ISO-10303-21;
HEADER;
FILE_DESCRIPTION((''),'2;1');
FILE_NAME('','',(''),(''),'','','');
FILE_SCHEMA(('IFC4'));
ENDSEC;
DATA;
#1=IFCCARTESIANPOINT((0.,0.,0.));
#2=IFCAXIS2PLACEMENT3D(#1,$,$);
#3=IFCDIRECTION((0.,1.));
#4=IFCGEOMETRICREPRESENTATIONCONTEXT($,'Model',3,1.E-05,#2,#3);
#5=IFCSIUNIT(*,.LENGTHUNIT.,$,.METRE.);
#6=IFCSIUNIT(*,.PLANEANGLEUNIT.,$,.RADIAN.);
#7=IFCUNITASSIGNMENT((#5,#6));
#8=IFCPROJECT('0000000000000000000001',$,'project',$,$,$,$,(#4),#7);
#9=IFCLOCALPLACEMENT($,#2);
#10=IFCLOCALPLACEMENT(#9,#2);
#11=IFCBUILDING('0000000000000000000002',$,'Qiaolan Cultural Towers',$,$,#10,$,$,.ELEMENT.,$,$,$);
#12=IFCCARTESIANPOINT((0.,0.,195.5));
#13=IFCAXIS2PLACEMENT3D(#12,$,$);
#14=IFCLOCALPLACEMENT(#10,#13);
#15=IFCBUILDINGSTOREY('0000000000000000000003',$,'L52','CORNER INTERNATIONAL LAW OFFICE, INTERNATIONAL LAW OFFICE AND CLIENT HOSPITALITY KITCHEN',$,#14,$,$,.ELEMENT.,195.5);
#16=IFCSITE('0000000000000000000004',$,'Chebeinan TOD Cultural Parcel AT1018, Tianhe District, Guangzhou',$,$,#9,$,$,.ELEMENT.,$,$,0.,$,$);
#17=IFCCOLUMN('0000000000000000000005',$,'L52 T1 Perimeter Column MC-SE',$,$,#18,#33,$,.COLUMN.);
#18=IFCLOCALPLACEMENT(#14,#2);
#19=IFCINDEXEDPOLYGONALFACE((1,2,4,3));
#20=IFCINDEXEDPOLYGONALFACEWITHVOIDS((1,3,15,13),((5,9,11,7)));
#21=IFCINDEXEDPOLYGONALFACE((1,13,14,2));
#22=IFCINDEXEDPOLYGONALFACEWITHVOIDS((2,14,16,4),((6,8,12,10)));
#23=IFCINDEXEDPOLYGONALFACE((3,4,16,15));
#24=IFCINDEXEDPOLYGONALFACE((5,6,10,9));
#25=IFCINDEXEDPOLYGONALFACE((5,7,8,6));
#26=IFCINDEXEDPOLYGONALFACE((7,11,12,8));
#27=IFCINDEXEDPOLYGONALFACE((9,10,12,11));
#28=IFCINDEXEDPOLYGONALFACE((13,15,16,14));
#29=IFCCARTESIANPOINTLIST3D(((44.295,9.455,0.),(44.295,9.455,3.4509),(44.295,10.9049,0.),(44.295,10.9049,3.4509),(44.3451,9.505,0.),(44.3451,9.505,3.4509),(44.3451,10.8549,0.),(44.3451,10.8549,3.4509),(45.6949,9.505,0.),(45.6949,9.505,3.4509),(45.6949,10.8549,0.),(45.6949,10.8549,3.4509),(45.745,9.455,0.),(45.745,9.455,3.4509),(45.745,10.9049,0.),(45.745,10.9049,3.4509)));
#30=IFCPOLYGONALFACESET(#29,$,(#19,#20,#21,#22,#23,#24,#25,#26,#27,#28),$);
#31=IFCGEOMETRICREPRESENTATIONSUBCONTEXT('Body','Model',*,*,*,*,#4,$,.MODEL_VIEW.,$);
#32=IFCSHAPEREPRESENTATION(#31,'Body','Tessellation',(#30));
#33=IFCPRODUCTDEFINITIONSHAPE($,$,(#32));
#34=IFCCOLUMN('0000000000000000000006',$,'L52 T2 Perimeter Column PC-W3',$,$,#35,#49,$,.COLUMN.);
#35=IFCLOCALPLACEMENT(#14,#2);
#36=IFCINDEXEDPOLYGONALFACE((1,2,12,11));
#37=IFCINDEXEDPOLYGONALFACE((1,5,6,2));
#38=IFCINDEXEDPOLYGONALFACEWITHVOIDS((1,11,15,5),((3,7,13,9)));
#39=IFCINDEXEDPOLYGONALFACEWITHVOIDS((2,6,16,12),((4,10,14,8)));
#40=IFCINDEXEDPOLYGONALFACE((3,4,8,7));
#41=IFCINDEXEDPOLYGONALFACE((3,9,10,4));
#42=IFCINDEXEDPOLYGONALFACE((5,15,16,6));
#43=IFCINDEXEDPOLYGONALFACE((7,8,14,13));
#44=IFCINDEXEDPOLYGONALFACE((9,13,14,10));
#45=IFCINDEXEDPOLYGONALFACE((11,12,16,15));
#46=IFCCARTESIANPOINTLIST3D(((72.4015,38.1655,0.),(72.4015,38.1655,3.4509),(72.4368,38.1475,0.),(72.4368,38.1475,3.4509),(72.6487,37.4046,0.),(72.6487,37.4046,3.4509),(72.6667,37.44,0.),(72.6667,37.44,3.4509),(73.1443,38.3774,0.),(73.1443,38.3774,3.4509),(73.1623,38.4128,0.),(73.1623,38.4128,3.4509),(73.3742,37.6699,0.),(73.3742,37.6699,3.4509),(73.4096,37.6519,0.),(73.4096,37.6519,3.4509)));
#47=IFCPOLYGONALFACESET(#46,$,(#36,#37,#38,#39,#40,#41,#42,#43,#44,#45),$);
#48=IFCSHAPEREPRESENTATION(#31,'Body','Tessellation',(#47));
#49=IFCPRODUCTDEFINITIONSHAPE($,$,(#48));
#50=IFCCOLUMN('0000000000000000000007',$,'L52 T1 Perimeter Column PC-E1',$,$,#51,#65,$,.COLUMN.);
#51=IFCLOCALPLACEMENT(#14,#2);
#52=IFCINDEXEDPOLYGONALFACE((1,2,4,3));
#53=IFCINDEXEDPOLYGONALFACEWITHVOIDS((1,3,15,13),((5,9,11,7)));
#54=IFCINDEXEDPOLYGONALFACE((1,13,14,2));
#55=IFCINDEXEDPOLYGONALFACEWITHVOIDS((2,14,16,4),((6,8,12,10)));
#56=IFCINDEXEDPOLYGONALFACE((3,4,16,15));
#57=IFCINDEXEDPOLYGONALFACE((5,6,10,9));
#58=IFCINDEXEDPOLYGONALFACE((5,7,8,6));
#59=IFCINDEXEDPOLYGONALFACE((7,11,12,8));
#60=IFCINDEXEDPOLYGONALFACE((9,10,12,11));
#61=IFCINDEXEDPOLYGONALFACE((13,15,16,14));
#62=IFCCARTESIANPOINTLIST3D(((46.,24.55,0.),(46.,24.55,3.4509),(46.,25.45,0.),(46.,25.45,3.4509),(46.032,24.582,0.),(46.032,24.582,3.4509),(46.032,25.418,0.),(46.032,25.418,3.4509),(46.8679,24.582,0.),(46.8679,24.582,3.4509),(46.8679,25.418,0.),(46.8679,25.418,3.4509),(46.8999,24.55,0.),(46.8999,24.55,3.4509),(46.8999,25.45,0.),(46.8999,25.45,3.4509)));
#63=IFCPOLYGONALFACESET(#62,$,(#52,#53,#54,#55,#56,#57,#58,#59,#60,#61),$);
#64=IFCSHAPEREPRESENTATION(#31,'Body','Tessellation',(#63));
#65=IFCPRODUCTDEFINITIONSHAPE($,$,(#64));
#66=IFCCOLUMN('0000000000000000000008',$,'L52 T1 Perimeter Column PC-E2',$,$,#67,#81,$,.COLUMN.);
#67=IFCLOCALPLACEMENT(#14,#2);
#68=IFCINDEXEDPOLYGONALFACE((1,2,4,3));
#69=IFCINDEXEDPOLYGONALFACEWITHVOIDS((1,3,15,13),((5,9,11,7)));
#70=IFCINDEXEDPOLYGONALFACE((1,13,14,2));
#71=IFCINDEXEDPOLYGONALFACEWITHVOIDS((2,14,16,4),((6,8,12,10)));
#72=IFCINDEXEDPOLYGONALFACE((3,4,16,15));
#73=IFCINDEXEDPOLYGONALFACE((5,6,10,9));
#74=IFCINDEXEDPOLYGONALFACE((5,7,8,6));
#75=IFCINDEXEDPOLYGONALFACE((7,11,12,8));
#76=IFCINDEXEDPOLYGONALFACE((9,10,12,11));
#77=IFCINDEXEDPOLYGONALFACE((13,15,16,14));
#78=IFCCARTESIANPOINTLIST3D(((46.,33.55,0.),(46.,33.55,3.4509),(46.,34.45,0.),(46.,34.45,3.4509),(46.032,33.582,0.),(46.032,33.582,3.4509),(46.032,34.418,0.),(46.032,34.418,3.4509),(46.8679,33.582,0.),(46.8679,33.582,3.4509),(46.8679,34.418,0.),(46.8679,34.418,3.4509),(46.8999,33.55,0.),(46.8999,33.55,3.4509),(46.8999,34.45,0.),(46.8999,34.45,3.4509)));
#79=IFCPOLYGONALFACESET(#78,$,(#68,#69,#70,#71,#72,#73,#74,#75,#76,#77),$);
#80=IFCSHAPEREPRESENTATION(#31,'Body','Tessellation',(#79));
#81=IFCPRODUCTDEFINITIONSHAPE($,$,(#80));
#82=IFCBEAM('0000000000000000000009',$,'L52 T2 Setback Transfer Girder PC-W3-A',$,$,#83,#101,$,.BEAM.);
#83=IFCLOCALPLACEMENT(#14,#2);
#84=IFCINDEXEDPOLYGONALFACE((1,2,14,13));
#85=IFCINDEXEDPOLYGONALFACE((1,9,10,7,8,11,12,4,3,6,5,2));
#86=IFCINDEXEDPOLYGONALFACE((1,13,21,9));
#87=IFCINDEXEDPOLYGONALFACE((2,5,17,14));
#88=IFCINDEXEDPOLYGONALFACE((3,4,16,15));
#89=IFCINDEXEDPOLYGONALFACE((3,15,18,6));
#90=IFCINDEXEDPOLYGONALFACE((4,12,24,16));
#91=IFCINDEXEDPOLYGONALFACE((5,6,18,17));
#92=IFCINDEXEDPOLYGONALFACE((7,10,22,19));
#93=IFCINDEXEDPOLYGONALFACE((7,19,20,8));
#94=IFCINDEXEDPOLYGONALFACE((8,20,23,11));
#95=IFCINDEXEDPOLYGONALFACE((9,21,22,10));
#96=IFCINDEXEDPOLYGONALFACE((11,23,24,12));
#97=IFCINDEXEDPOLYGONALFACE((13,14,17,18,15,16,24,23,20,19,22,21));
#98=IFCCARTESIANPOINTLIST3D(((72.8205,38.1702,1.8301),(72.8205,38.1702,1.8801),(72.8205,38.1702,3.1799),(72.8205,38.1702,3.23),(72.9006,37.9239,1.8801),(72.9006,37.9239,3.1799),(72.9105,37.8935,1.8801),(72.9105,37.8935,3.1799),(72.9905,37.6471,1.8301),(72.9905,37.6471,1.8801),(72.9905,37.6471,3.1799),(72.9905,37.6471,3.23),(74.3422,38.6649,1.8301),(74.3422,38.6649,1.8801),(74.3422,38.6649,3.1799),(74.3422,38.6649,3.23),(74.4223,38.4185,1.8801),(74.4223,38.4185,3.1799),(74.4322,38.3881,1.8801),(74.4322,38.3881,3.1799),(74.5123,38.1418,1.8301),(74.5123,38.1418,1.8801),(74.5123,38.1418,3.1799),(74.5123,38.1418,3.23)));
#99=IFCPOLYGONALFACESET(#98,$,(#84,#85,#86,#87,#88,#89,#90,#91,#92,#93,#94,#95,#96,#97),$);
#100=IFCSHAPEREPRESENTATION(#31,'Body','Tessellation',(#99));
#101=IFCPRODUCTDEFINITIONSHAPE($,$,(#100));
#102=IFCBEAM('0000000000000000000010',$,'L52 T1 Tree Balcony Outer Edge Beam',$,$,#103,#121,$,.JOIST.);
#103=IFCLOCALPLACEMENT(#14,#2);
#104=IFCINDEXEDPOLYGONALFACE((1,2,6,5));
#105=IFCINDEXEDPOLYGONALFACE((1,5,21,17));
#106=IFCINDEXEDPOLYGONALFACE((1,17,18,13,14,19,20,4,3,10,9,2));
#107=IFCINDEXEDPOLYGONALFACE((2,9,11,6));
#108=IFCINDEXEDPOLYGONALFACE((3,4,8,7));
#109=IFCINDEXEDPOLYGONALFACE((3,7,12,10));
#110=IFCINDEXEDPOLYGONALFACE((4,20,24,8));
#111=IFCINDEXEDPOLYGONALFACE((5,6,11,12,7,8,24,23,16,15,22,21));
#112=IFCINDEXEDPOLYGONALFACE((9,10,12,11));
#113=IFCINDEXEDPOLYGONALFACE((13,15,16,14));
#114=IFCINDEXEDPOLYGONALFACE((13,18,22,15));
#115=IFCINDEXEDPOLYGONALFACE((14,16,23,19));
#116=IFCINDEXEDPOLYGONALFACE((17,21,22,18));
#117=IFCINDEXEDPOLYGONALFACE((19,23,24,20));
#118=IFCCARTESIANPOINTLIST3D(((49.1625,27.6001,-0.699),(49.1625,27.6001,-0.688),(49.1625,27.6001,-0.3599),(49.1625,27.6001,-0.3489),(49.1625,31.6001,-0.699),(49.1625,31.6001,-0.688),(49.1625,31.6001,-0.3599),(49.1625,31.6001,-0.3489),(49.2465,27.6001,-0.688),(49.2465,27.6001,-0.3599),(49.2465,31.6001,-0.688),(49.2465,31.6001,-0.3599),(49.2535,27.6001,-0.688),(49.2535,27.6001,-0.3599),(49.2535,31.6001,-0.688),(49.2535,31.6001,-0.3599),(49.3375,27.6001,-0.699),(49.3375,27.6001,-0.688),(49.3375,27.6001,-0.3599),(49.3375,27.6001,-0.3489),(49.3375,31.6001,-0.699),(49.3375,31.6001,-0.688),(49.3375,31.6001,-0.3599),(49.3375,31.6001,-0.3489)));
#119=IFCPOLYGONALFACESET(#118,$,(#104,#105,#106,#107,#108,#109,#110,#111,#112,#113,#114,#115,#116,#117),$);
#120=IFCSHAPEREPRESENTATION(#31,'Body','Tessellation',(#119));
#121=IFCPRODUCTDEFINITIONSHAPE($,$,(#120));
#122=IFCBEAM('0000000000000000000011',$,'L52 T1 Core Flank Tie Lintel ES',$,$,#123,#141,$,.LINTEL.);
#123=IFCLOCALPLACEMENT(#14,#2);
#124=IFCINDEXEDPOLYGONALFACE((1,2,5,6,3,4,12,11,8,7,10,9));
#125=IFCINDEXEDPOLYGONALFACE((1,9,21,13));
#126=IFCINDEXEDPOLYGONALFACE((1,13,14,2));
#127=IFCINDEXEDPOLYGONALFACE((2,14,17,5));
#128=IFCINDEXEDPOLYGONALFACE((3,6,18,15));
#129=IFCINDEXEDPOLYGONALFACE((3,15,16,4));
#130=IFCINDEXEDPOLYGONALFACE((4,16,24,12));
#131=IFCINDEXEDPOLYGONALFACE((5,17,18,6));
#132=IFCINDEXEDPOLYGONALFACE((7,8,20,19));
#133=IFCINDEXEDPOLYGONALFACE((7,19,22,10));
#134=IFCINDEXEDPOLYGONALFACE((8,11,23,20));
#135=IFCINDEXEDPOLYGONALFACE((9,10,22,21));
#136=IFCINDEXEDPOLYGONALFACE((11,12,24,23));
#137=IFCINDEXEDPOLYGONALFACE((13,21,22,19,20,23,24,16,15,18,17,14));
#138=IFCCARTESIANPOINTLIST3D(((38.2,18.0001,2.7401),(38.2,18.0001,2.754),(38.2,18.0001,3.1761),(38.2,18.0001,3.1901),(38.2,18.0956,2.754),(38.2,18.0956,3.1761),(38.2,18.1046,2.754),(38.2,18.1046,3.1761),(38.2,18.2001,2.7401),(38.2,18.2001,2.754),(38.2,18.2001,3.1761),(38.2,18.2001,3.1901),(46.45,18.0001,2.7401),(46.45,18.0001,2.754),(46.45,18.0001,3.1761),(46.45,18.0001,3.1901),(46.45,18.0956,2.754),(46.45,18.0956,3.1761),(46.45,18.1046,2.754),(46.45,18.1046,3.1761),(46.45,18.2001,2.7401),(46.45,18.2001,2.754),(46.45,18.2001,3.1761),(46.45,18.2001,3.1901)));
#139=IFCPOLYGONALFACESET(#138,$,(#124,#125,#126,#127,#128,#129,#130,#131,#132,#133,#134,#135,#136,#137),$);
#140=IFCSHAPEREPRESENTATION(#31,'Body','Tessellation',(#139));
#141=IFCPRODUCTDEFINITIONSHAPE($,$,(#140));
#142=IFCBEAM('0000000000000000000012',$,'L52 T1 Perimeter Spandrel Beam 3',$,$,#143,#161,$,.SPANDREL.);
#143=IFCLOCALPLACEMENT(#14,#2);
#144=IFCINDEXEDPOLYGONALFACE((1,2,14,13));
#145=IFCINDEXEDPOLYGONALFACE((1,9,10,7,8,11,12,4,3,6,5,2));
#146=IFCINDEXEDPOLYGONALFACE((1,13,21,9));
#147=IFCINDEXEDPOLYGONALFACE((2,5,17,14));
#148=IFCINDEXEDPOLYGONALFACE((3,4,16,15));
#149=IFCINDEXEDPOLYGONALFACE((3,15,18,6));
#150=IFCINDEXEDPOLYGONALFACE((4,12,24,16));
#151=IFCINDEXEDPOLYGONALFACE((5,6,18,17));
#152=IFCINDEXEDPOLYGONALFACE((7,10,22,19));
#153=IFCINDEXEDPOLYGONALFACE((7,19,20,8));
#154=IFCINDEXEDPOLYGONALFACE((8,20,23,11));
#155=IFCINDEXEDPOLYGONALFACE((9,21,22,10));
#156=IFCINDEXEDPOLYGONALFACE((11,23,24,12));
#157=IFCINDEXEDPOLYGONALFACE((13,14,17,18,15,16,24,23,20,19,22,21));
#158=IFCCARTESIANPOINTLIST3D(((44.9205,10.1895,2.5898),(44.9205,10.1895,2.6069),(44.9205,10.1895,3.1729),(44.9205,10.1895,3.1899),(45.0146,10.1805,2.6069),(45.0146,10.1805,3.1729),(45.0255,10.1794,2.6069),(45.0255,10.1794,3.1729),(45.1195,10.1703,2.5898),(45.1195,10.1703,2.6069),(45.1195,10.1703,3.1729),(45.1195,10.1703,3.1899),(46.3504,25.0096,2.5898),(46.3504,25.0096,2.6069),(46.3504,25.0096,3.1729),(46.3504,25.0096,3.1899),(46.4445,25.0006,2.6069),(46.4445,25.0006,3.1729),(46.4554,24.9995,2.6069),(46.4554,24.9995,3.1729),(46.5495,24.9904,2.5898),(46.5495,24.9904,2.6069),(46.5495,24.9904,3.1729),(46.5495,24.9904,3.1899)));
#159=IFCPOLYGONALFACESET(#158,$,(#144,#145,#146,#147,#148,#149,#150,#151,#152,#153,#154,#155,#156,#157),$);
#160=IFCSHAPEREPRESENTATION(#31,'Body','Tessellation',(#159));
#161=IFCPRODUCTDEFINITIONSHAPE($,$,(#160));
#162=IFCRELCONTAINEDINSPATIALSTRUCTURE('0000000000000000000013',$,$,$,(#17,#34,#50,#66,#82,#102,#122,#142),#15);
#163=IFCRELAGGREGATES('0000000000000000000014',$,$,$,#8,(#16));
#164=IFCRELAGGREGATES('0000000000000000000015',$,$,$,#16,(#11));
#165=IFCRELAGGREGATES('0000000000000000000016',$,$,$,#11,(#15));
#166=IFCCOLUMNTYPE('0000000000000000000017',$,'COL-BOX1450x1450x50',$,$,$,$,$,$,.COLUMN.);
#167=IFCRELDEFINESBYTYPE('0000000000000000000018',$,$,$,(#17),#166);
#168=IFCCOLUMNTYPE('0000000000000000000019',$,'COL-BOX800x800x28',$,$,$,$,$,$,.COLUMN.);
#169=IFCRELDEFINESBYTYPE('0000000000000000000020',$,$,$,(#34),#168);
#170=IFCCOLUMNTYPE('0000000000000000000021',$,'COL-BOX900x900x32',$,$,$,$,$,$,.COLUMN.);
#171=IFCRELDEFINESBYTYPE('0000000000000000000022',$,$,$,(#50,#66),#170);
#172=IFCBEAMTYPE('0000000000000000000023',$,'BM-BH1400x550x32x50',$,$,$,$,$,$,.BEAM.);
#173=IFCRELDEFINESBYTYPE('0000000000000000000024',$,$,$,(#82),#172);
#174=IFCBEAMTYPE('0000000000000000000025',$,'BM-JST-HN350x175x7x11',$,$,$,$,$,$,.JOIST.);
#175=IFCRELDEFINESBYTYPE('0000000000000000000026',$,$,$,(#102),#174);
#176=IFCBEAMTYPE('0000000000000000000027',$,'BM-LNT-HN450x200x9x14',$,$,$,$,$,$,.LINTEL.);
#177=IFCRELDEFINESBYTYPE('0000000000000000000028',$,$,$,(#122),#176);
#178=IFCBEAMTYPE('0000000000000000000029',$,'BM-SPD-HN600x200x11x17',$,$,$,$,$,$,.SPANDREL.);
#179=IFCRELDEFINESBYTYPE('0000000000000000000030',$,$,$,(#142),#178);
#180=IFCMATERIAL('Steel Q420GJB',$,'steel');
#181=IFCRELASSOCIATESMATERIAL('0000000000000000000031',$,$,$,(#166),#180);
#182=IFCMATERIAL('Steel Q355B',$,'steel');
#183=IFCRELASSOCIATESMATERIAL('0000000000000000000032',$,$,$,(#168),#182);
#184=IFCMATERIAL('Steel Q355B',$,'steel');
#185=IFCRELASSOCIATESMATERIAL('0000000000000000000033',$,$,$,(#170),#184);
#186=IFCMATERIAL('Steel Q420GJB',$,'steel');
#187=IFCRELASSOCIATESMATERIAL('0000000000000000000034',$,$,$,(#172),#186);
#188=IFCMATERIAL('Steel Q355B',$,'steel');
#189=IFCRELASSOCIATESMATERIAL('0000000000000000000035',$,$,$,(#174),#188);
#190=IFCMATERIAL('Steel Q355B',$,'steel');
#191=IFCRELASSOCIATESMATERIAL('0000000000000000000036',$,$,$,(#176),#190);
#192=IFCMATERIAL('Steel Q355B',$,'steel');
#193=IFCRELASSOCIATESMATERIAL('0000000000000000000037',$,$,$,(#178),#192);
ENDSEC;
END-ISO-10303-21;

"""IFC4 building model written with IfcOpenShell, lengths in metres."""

from ifc_helpers import new_model, si_unit, direction, frame, origin, origin_2d, place, context, subcontext, project, spatial, hollow_rectangle, i_section, extrude, material, material_profile, profile_set, type_object, element, save


model = new_model("IFC4")

# Units and contexts
model_context = context("Model", 3, precision=1e-05, world=origin(), true_north=direction((0.0, 1.0)))
body_context = subcontext(model_context, "Body", "Model", "MODEL_VIEW")
ifc_project = project(units=[si_unit("LENGTHUNIT", "METRE"), si_unit("PLANEANGLEUNIT", "RADIAN")], contexts=[model_context])

# Site, building, storey
site_placement = place(None, origin())
site = spatial("IfcSite", under=ifc_project, at=site_placement, Name="Chebeinan TOD Cultural Parcel AT1018, Tianhe District, Guangzhou", CompositionType="ELEMENT", RefElevation=0.0)
building_placement = place(site_placement, origin())
building = spatial("IfcBuilding", under=site, at=building_placement, Name="Qiaolan Cultural Towers", CompositionType="ELEMENT")
storey_placement = place(building_placement, frame((0.0, 0.0, 195.5)))
storey = spatial("IfcBuildingStorey", under=building, at=storey_placement, Name="L52", Description="CORNER INTERNATIONAL LAW OFFICE, INTERNATIONAL LAW OFFICE AND CLIENT HOSPITALITY KITCHEN", CompositionType="ELEMENT", Elevation=195.5)

# Columns
ifc_material_1 = material(Name="Steel Q420GJB", Category="steel")
ifc_material_profile_1 = material_profile(ifc_material_1, hollow_rectangle(XDim=1.45, YDim=1.45, WallThickness=0.05, at=origin_2d()), Name="BOX1450x1450x50")
ifc_profile_set_1 = profile_set([ifc_material_profile_1], Name="Steel Q420GJB")
column_type_1 = type_object("IfcColumnType", Name="COL-BOX1450x1450x50", PredefinedType="COLUMN", material=ifc_profile_set_1)
column_1_placement = place(storey_placement, frame((45.02, 10.1799, 0.0), z_axis=(0.0, 0.0, 1.0), x_axis=(1.0, 0.0, 0.0)))
element("IfcColumn", 1, at=column_1_placement, inside=storey, type_object=column_type_1, Name="L52 T1 Perimeter Column MC-SE", PredefinedType="COLUMN", context=body_context, shape_type="SweptSolid", body=[
    extrude(hollow_rectangle(XDim=1.45, YDim=1.45, WallThickness=0.05, at=origin_2d()), origin(), (0.0, 0.0, 1.0), 3.4509),
])
ifc_material_2 = material(Name="Steel Q355B", Category="steel")
ifc_material_profile_2 = material_profile(ifc_material_2, hollow_rectangle(XDim=0.8, YDim=0.8, WallThickness=0.0281, at=origin_2d()), Name="BOX800x800x28")
ifc_profile_set_2 = profile_set([ifc_material_profile_2], Name="Steel Q355B")
column_type_2 = type_object("IfcColumnType", Name="COL-BOX800x800x28", PredefinedType="COLUMN", material=ifc_profile_set_2)
column_2_placement = place(storey_placement, frame((72.9055, 37.9087, 0.0), z_axis=(0.0, 0.0, 1.0), x_axis=(0.951057, 0.309017, 0.0)))
element("IfcColumn", 2, at=column_2_placement, inside=storey, type_object=column_type_2, Name="L52 T2 Perimeter Column PC-W3", PredefinedType="COLUMN", context=body_context, shape_type="SweptSolid", body=[
    extrude(hollow_rectangle(XDim=0.8, YDim=0.8, WallThickness=0.0281, at=origin_2d()), origin(), (0.0, 0.0, 1.0), 3.4509),
])
ifc_material_3 = material(Name="Steel Q355B", Category="steel")
ifc_material_profile_3 = material_profile(ifc_material_3, hollow_rectangle(XDim=0.8999, YDim=0.8999, WallThickness=0.032, at=origin_2d()), Name="BOX900x900x32")
ifc_profile_set_3 = profile_set([ifc_material_profile_3], Name="Steel Q355B")
column_type_3 = type_object("IfcColumnType", Name="COL-BOX900x900x32", PredefinedType="COLUMN", material=ifc_profile_set_3)
for number, where, z_axis, x_axis, name in (
    (3, (46.45, 25.0, 0.0), (0.0, 0.0, 1.0), (1.0, 0.0, 0.0), "L52 T1 Perimeter Column PC-E1"),
    (4, (46.45, 34.0, 0.0), (0.0, 0.0, 1.0), (1.0, 0.0, 0.0), "L52 T1 Perimeter Column PC-E2"),
):
    element("IfcColumn", number, at=place(storey_placement, frame(where, z_axis=z_axis, x_axis=x_axis)), inside=storey, type_object=column_type_3, Name=name, PredefinedType="COLUMN", context=body_context, shape_type="SweptSolid", body=[
        extrude(hollow_rectangle(XDim=0.8999, YDim=0.8999, WallThickness=0.032, at=origin_2d()), origin(), (0.0, 0.0, 1.0), 3.4509),
    ])

# Beams
ifc_material_4 = material(Name="Steel Q420GJB", Category="steel")
ifc_material_profile_4 = material_profile(ifc_material_4, i_section(OverallWidth=0.55, OverallDepth=1.3999, WebThickness=0.032, FlangeThickness=0.05, at=origin_2d()), Name="BH1400x550x32x50")
ifc_profile_set_4 = profile_set([ifc_material_profile_4], Name="Steel Q420GJB")
beam_type_1 = type_object("IfcBeamType", Name="BM-BH1400x550x32x50", PredefinedType="BEAM", material=ifc_profile_set_4)
beam_1_placement = place(storey_placement, frame((72.9055, 37.9087, 2.53), z_axis=(0.951022, 0.309124, 0.0), x_axis=(-0.309124, 0.951022, 0.0)))
element("IfcBeam", 5, at=beam_1_placement, inside=storey, type_object=beam_type_1, Name="L52 T2 Setback Transfer Girder PC-W3-A", PredefinedType="BEAM", context=body_context, shape_type="SweptSolid", body=[
    extrude(i_section(OverallWidth=0.55, OverallDepth=1.3999, WebThickness=0.032, FlangeThickness=0.05, at=origin_2d()), origin(), (0.0, 0.0, 1.0), 1.6001),
])
ifc_material_5 = material(Name="Steel Q355B", Category="steel")
ifc_material_profile_5 = material_profile(ifc_material_5, i_section(OverallWidth=0.175, OverallDepth=0.3501, WebThickness=0.0071, FlangeThickness=0.011, at=origin_2d()), Name="HN350x175x7x11")
ifc_profile_set_5 = profile_set([ifc_material_profile_5], Name="Steel Q355B")
beam_type_2 = type_object("IfcBeamType", Name="BM-JST-HN350x175x7x11", PredefinedType="JOIST", material=ifc_profile_set_5)
beam_2_placement = place(storey_placement, frame((49.25, 27.6001, -0.5239), z_axis=(0.0, 1.0, 0.0), x_axis=(-1.0, 0.0, 0.0)))
element("IfcBeam", 6, at=beam_2_placement, inside=storey, type_object=beam_type_2, Name="L52 T1 Tree Balcony Outer Edge Beam", PredefinedType="JOIST", context=body_context, shape_type="SweptSolid", body=[
    extrude(i_section(OverallWidth=0.175, OverallDepth=0.3501, WebThickness=0.0071, FlangeThickness=0.011, at=origin_2d()), origin(), (0.0, 0.0, 1.0), 4.0),
])
ifc_material_6 = material(Name="Steel Q355B", Category="steel")
ifc_material_profile_6 = material_profile(ifc_material_6, i_section(OverallWidth=0.2, OverallDepth=0.45, WebThickness=0.009, FlangeThickness=0.0139, at=origin_2d()), Name="HN450x200x9x14")
ifc_profile_set_6 = profile_set([ifc_material_profile_6], Name="Steel Q355B")
beam_type_3 = type_object("IfcBeamType", Name="BM-LNT-HN450x200x9x14", PredefinedType="LINTEL", material=ifc_profile_set_6)
beam_3_placement = place(storey_placement, frame((38.2, 18.1001, 2.9651), z_axis=(1.0, 0.0, 0.0), x_axis=(0.0, 1.0, 0.0)))
element("IfcBeam", 7, at=beam_3_placement, inside=storey, type_object=beam_type_3, Name="L52 T1 Core Flank Tie Lintel ES", PredefinedType="LINTEL", context=body_context, shape_type="SweptSolid", body=[
    extrude(i_section(OverallWidth=0.2, OverallDepth=0.45, WebThickness=0.009, FlangeThickness=0.0139, at=origin_2d()), origin(), (0.0, 0.0, 1.0), 8.25),
])
ifc_material_7 = material(Name="Steel Q355B", Category="steel")
ifc_material_profile_7 = material_profile(ifc_material_7, i_section(OverallWidth=0.2, OverallDepth=0.6001, WebThickness=0.011, FlangeThickness=0.0171, at=origin_2d()), Name="HN600x200x11x17")
ifc_profile_set_7 = profile_set([ifc_material_profile_7], Name="Steel Q355B")
beam_type_4 = type_object("IfcBeamType", Name="BM-SPD-HN600x200x11x17", PredefinedType="SPANDREL", material=ifc_profile_set_7)
beam_4_placement = place(storey_placement, frame((45.02, 10.1799, 2.8899), z_axis=(0.09604, 0.995377, 0.0), x_axis=(-0.995377, 0.09604, 0.0)))
element("IfcBeam", 8, at=beam_4_placement, inside=storey, type_object=beam_type_4, Name="L52 T1 Perimeter Spandrel Beam 3", PredefinedType="SPANDREL", context=body_context, shape_type="SweptSolid", body=[
    extrude(i_section(OverallWidth=0.2, OverallDepth=0.6001, WebThickness=0.011, FlangeThickness=0.0171, at=origin_2d()), origin(), (0.0, 0.0, 1.0), 14.8889),
])

save(model, "model.ifc")
